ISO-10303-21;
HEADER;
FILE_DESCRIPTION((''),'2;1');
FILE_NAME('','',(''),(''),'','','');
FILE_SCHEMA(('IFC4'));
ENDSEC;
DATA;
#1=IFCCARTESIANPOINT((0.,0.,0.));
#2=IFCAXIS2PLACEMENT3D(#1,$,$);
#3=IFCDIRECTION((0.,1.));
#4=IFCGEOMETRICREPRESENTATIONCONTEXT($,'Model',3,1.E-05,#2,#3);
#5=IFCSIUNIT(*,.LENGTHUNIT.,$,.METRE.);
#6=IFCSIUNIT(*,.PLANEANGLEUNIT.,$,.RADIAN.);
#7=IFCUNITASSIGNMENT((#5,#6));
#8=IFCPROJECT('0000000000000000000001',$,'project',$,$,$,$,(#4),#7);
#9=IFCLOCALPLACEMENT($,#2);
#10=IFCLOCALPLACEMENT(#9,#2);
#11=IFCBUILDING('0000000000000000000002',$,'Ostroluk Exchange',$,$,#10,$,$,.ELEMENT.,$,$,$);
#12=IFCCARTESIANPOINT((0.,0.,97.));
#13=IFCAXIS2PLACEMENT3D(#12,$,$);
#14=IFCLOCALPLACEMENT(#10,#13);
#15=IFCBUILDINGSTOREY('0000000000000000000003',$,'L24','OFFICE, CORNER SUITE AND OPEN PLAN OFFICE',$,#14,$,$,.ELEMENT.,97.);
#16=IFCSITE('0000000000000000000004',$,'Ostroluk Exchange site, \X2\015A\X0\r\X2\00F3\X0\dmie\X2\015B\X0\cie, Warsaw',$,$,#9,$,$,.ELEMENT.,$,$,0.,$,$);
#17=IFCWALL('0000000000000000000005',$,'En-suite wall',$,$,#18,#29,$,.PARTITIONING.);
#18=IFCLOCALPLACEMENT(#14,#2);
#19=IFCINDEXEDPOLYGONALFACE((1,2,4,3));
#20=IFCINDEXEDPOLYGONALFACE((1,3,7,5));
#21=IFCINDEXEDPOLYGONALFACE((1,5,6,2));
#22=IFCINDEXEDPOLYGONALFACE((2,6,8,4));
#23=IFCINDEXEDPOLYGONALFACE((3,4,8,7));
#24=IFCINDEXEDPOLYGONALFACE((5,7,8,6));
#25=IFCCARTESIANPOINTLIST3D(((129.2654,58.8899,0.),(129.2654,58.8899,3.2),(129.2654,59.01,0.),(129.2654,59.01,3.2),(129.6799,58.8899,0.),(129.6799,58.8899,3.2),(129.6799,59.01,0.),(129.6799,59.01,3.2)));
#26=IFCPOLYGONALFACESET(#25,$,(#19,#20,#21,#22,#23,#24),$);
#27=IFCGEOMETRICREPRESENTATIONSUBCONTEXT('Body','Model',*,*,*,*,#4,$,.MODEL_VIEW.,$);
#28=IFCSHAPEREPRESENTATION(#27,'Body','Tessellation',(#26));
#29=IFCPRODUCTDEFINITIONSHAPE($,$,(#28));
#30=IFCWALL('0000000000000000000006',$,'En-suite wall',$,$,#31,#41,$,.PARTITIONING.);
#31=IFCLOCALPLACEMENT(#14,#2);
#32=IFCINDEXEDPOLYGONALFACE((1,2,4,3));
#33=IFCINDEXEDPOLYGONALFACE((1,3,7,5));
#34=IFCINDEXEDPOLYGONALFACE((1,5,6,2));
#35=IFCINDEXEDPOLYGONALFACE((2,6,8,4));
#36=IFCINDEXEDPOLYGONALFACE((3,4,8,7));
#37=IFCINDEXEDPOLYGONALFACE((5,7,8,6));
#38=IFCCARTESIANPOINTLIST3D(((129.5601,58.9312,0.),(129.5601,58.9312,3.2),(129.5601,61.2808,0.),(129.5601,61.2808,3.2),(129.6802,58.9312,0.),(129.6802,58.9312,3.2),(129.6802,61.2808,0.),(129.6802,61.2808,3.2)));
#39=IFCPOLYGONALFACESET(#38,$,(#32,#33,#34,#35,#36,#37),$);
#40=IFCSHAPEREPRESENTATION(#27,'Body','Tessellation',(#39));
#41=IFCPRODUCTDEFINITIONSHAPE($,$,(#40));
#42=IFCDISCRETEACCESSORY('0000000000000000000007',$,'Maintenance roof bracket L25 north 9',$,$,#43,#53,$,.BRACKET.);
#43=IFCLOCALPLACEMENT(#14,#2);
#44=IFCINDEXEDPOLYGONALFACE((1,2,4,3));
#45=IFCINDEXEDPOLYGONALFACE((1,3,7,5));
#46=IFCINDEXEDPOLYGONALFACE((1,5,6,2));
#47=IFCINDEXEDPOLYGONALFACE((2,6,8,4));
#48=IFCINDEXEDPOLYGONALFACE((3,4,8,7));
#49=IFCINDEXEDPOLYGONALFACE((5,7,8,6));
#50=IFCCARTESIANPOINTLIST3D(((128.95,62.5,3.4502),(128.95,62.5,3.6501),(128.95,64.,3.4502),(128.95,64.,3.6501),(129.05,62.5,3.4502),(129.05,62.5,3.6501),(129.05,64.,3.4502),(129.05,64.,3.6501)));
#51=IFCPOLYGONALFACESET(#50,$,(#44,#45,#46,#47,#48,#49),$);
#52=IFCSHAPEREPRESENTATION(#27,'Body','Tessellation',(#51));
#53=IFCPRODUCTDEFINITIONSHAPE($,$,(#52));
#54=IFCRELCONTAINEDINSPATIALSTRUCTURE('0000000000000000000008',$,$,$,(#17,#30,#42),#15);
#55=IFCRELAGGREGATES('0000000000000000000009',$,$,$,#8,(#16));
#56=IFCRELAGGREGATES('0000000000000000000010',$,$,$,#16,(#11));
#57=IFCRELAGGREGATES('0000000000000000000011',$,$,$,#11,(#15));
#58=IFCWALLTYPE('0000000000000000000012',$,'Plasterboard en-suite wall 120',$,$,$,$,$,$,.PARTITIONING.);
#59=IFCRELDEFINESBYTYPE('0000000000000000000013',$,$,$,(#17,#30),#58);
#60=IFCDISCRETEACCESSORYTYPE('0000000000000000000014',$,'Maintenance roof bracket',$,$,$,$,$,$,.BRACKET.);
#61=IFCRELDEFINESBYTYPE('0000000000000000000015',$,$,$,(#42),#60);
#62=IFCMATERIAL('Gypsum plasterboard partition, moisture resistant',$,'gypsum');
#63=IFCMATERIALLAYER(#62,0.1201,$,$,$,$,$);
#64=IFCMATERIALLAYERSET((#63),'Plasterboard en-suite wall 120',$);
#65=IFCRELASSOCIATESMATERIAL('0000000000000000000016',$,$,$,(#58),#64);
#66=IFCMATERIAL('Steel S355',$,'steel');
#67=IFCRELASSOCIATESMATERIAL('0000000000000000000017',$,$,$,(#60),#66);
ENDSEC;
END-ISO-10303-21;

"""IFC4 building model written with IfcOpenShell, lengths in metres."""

from ifc_helpers import new_model, si_unit, direction, frame, frame_2d, origin, origin_2d, place, context, subcontext, project, spatial, rectangle, extrude, material, layer, layer_set, type_object, element, save


model = new_model("IFC4")

# Units and contexts
model_context = context("Model", 3, precision=1e-05, world=origin(), true_north=direction((0.0, 1.0)))
body_context = subcontext(model_context, "Body", "Model", "MODEL_VIEW")
ifc_project = project(units=[si_unit("LENGTHUNIT", "METRE"), si_unit("PLANEANGLEUNIT", "RADIAN")], contexts=[model_context])

# Site, building, storey
site_placement = place(None, origin())
site = spatial("IfcSite", under=ifc_project, at=site_placement, Name="Ostroluk Exchange site, Śródmieście, Warsaw", CompositionType="ELEMENT", RefElevation=0.0)
building_placement = place(site_placement, origin())
building = spatial("IfcBuilding", under=site, at=building_placement, Name="Ostroluk Exchange", CompositionType="ELEMENT")
storey_placement = place(building_placement, frame((0.0, 0.0, 97.0)))
storey = spatial("IfcBuildingStorey", under=building, at=storey_placement, Name="L24", Description="OFFICE, CORNER SUITE AND OPEN PLAN OFFICE", CompositionType="ELEMENT", Elevation=97.0)

# Walls
ifc_material_1 = material(Name="Gypsum plasterboard partition, moisture resistant", Category="gypsum")
ifc_layer_1 = layer(ifc_material_1, 0.1201)
ifc_layer_set_1 = layer_set([ifc_layer_1], Name="Plasterboard en-suite wall 120")
wall_type_1 = type_object("IfcWallType", Name="Plasterboard en-suite wall 120", PredefinedType="PARTITIONING", material=ifc_layer_set_1)
wall_1_placement = place(storey_placement, frame((129.2654, 58.95, 0.0), z_axis=(0.0, 0.0, 1.0), x_axis=(1.0, 0.0, 0.0)))
element("IfcWall", 1, at=wall_1_placement, inside=storey, type_object=wall_type_1, Name="En-suite wall", PredefinedType="PARTITIONING", context=body_context, shape_type="SweptSolid", body=[
    extrude(rectangle(XDim=0.4146, YDim=0.1201, at=frame_2d((0.2073, 0.0))), origin(), (0.0, 0.0, 1.0), 3.2),
])
wall_2_placement = place(storey_placement, frame((129.6201, 58.9312, 0.0), z_axis=(0.0, 0.0, 1.0), x_axis=(0.0, 1.0, 0.0)))
element("IfcWall", 2, at=wall_2_placement, inside=storey, type_object=wall_type_1, Name="En-suite wall", PredefinedType="PARTITIONING", context=body_context, shape_type="SweptSolid", body=[
    extrude(rectangle(XDim=2.3496, YDim=0.1201, at=frame_2d((1.1748, 0.0))), origin(), (0.0, 0.0, 1.0), 3.2),
])

# Discrete accessory
ifc_material_2 = material(Name="Steel S355", Category="steel")
discrete_accessory_type = type_object("IfcDiscreteAccessoryType", Name="Maintenance roof bracket", PredefinedType="BRACKET", material=ifc_material_2)
discrete_accessory_placement = place(storey_placement, frame((129.0, 63.25, 3.4502), z_axis=(0.0, 0.0, 1.0), x_axis=(1.0, 0.0, 0.0)))
element("IfcDiscreteAccessory", 3, at=discrete_accessory_placement, inside=storey, type_object=discrete_accessory_type, Name="Maintenance roof bracket L25 north 9", PredefinedType="BRACKET", context=body_context, shape_type="SweptSolid", body=[
    extrude(rectangle(XDim=0.1001, YDim=1.5, at=origin_2d()), origin(), (0.0, 0.0, 1.0), 0.2),
])

save(model, "model.ifc")
